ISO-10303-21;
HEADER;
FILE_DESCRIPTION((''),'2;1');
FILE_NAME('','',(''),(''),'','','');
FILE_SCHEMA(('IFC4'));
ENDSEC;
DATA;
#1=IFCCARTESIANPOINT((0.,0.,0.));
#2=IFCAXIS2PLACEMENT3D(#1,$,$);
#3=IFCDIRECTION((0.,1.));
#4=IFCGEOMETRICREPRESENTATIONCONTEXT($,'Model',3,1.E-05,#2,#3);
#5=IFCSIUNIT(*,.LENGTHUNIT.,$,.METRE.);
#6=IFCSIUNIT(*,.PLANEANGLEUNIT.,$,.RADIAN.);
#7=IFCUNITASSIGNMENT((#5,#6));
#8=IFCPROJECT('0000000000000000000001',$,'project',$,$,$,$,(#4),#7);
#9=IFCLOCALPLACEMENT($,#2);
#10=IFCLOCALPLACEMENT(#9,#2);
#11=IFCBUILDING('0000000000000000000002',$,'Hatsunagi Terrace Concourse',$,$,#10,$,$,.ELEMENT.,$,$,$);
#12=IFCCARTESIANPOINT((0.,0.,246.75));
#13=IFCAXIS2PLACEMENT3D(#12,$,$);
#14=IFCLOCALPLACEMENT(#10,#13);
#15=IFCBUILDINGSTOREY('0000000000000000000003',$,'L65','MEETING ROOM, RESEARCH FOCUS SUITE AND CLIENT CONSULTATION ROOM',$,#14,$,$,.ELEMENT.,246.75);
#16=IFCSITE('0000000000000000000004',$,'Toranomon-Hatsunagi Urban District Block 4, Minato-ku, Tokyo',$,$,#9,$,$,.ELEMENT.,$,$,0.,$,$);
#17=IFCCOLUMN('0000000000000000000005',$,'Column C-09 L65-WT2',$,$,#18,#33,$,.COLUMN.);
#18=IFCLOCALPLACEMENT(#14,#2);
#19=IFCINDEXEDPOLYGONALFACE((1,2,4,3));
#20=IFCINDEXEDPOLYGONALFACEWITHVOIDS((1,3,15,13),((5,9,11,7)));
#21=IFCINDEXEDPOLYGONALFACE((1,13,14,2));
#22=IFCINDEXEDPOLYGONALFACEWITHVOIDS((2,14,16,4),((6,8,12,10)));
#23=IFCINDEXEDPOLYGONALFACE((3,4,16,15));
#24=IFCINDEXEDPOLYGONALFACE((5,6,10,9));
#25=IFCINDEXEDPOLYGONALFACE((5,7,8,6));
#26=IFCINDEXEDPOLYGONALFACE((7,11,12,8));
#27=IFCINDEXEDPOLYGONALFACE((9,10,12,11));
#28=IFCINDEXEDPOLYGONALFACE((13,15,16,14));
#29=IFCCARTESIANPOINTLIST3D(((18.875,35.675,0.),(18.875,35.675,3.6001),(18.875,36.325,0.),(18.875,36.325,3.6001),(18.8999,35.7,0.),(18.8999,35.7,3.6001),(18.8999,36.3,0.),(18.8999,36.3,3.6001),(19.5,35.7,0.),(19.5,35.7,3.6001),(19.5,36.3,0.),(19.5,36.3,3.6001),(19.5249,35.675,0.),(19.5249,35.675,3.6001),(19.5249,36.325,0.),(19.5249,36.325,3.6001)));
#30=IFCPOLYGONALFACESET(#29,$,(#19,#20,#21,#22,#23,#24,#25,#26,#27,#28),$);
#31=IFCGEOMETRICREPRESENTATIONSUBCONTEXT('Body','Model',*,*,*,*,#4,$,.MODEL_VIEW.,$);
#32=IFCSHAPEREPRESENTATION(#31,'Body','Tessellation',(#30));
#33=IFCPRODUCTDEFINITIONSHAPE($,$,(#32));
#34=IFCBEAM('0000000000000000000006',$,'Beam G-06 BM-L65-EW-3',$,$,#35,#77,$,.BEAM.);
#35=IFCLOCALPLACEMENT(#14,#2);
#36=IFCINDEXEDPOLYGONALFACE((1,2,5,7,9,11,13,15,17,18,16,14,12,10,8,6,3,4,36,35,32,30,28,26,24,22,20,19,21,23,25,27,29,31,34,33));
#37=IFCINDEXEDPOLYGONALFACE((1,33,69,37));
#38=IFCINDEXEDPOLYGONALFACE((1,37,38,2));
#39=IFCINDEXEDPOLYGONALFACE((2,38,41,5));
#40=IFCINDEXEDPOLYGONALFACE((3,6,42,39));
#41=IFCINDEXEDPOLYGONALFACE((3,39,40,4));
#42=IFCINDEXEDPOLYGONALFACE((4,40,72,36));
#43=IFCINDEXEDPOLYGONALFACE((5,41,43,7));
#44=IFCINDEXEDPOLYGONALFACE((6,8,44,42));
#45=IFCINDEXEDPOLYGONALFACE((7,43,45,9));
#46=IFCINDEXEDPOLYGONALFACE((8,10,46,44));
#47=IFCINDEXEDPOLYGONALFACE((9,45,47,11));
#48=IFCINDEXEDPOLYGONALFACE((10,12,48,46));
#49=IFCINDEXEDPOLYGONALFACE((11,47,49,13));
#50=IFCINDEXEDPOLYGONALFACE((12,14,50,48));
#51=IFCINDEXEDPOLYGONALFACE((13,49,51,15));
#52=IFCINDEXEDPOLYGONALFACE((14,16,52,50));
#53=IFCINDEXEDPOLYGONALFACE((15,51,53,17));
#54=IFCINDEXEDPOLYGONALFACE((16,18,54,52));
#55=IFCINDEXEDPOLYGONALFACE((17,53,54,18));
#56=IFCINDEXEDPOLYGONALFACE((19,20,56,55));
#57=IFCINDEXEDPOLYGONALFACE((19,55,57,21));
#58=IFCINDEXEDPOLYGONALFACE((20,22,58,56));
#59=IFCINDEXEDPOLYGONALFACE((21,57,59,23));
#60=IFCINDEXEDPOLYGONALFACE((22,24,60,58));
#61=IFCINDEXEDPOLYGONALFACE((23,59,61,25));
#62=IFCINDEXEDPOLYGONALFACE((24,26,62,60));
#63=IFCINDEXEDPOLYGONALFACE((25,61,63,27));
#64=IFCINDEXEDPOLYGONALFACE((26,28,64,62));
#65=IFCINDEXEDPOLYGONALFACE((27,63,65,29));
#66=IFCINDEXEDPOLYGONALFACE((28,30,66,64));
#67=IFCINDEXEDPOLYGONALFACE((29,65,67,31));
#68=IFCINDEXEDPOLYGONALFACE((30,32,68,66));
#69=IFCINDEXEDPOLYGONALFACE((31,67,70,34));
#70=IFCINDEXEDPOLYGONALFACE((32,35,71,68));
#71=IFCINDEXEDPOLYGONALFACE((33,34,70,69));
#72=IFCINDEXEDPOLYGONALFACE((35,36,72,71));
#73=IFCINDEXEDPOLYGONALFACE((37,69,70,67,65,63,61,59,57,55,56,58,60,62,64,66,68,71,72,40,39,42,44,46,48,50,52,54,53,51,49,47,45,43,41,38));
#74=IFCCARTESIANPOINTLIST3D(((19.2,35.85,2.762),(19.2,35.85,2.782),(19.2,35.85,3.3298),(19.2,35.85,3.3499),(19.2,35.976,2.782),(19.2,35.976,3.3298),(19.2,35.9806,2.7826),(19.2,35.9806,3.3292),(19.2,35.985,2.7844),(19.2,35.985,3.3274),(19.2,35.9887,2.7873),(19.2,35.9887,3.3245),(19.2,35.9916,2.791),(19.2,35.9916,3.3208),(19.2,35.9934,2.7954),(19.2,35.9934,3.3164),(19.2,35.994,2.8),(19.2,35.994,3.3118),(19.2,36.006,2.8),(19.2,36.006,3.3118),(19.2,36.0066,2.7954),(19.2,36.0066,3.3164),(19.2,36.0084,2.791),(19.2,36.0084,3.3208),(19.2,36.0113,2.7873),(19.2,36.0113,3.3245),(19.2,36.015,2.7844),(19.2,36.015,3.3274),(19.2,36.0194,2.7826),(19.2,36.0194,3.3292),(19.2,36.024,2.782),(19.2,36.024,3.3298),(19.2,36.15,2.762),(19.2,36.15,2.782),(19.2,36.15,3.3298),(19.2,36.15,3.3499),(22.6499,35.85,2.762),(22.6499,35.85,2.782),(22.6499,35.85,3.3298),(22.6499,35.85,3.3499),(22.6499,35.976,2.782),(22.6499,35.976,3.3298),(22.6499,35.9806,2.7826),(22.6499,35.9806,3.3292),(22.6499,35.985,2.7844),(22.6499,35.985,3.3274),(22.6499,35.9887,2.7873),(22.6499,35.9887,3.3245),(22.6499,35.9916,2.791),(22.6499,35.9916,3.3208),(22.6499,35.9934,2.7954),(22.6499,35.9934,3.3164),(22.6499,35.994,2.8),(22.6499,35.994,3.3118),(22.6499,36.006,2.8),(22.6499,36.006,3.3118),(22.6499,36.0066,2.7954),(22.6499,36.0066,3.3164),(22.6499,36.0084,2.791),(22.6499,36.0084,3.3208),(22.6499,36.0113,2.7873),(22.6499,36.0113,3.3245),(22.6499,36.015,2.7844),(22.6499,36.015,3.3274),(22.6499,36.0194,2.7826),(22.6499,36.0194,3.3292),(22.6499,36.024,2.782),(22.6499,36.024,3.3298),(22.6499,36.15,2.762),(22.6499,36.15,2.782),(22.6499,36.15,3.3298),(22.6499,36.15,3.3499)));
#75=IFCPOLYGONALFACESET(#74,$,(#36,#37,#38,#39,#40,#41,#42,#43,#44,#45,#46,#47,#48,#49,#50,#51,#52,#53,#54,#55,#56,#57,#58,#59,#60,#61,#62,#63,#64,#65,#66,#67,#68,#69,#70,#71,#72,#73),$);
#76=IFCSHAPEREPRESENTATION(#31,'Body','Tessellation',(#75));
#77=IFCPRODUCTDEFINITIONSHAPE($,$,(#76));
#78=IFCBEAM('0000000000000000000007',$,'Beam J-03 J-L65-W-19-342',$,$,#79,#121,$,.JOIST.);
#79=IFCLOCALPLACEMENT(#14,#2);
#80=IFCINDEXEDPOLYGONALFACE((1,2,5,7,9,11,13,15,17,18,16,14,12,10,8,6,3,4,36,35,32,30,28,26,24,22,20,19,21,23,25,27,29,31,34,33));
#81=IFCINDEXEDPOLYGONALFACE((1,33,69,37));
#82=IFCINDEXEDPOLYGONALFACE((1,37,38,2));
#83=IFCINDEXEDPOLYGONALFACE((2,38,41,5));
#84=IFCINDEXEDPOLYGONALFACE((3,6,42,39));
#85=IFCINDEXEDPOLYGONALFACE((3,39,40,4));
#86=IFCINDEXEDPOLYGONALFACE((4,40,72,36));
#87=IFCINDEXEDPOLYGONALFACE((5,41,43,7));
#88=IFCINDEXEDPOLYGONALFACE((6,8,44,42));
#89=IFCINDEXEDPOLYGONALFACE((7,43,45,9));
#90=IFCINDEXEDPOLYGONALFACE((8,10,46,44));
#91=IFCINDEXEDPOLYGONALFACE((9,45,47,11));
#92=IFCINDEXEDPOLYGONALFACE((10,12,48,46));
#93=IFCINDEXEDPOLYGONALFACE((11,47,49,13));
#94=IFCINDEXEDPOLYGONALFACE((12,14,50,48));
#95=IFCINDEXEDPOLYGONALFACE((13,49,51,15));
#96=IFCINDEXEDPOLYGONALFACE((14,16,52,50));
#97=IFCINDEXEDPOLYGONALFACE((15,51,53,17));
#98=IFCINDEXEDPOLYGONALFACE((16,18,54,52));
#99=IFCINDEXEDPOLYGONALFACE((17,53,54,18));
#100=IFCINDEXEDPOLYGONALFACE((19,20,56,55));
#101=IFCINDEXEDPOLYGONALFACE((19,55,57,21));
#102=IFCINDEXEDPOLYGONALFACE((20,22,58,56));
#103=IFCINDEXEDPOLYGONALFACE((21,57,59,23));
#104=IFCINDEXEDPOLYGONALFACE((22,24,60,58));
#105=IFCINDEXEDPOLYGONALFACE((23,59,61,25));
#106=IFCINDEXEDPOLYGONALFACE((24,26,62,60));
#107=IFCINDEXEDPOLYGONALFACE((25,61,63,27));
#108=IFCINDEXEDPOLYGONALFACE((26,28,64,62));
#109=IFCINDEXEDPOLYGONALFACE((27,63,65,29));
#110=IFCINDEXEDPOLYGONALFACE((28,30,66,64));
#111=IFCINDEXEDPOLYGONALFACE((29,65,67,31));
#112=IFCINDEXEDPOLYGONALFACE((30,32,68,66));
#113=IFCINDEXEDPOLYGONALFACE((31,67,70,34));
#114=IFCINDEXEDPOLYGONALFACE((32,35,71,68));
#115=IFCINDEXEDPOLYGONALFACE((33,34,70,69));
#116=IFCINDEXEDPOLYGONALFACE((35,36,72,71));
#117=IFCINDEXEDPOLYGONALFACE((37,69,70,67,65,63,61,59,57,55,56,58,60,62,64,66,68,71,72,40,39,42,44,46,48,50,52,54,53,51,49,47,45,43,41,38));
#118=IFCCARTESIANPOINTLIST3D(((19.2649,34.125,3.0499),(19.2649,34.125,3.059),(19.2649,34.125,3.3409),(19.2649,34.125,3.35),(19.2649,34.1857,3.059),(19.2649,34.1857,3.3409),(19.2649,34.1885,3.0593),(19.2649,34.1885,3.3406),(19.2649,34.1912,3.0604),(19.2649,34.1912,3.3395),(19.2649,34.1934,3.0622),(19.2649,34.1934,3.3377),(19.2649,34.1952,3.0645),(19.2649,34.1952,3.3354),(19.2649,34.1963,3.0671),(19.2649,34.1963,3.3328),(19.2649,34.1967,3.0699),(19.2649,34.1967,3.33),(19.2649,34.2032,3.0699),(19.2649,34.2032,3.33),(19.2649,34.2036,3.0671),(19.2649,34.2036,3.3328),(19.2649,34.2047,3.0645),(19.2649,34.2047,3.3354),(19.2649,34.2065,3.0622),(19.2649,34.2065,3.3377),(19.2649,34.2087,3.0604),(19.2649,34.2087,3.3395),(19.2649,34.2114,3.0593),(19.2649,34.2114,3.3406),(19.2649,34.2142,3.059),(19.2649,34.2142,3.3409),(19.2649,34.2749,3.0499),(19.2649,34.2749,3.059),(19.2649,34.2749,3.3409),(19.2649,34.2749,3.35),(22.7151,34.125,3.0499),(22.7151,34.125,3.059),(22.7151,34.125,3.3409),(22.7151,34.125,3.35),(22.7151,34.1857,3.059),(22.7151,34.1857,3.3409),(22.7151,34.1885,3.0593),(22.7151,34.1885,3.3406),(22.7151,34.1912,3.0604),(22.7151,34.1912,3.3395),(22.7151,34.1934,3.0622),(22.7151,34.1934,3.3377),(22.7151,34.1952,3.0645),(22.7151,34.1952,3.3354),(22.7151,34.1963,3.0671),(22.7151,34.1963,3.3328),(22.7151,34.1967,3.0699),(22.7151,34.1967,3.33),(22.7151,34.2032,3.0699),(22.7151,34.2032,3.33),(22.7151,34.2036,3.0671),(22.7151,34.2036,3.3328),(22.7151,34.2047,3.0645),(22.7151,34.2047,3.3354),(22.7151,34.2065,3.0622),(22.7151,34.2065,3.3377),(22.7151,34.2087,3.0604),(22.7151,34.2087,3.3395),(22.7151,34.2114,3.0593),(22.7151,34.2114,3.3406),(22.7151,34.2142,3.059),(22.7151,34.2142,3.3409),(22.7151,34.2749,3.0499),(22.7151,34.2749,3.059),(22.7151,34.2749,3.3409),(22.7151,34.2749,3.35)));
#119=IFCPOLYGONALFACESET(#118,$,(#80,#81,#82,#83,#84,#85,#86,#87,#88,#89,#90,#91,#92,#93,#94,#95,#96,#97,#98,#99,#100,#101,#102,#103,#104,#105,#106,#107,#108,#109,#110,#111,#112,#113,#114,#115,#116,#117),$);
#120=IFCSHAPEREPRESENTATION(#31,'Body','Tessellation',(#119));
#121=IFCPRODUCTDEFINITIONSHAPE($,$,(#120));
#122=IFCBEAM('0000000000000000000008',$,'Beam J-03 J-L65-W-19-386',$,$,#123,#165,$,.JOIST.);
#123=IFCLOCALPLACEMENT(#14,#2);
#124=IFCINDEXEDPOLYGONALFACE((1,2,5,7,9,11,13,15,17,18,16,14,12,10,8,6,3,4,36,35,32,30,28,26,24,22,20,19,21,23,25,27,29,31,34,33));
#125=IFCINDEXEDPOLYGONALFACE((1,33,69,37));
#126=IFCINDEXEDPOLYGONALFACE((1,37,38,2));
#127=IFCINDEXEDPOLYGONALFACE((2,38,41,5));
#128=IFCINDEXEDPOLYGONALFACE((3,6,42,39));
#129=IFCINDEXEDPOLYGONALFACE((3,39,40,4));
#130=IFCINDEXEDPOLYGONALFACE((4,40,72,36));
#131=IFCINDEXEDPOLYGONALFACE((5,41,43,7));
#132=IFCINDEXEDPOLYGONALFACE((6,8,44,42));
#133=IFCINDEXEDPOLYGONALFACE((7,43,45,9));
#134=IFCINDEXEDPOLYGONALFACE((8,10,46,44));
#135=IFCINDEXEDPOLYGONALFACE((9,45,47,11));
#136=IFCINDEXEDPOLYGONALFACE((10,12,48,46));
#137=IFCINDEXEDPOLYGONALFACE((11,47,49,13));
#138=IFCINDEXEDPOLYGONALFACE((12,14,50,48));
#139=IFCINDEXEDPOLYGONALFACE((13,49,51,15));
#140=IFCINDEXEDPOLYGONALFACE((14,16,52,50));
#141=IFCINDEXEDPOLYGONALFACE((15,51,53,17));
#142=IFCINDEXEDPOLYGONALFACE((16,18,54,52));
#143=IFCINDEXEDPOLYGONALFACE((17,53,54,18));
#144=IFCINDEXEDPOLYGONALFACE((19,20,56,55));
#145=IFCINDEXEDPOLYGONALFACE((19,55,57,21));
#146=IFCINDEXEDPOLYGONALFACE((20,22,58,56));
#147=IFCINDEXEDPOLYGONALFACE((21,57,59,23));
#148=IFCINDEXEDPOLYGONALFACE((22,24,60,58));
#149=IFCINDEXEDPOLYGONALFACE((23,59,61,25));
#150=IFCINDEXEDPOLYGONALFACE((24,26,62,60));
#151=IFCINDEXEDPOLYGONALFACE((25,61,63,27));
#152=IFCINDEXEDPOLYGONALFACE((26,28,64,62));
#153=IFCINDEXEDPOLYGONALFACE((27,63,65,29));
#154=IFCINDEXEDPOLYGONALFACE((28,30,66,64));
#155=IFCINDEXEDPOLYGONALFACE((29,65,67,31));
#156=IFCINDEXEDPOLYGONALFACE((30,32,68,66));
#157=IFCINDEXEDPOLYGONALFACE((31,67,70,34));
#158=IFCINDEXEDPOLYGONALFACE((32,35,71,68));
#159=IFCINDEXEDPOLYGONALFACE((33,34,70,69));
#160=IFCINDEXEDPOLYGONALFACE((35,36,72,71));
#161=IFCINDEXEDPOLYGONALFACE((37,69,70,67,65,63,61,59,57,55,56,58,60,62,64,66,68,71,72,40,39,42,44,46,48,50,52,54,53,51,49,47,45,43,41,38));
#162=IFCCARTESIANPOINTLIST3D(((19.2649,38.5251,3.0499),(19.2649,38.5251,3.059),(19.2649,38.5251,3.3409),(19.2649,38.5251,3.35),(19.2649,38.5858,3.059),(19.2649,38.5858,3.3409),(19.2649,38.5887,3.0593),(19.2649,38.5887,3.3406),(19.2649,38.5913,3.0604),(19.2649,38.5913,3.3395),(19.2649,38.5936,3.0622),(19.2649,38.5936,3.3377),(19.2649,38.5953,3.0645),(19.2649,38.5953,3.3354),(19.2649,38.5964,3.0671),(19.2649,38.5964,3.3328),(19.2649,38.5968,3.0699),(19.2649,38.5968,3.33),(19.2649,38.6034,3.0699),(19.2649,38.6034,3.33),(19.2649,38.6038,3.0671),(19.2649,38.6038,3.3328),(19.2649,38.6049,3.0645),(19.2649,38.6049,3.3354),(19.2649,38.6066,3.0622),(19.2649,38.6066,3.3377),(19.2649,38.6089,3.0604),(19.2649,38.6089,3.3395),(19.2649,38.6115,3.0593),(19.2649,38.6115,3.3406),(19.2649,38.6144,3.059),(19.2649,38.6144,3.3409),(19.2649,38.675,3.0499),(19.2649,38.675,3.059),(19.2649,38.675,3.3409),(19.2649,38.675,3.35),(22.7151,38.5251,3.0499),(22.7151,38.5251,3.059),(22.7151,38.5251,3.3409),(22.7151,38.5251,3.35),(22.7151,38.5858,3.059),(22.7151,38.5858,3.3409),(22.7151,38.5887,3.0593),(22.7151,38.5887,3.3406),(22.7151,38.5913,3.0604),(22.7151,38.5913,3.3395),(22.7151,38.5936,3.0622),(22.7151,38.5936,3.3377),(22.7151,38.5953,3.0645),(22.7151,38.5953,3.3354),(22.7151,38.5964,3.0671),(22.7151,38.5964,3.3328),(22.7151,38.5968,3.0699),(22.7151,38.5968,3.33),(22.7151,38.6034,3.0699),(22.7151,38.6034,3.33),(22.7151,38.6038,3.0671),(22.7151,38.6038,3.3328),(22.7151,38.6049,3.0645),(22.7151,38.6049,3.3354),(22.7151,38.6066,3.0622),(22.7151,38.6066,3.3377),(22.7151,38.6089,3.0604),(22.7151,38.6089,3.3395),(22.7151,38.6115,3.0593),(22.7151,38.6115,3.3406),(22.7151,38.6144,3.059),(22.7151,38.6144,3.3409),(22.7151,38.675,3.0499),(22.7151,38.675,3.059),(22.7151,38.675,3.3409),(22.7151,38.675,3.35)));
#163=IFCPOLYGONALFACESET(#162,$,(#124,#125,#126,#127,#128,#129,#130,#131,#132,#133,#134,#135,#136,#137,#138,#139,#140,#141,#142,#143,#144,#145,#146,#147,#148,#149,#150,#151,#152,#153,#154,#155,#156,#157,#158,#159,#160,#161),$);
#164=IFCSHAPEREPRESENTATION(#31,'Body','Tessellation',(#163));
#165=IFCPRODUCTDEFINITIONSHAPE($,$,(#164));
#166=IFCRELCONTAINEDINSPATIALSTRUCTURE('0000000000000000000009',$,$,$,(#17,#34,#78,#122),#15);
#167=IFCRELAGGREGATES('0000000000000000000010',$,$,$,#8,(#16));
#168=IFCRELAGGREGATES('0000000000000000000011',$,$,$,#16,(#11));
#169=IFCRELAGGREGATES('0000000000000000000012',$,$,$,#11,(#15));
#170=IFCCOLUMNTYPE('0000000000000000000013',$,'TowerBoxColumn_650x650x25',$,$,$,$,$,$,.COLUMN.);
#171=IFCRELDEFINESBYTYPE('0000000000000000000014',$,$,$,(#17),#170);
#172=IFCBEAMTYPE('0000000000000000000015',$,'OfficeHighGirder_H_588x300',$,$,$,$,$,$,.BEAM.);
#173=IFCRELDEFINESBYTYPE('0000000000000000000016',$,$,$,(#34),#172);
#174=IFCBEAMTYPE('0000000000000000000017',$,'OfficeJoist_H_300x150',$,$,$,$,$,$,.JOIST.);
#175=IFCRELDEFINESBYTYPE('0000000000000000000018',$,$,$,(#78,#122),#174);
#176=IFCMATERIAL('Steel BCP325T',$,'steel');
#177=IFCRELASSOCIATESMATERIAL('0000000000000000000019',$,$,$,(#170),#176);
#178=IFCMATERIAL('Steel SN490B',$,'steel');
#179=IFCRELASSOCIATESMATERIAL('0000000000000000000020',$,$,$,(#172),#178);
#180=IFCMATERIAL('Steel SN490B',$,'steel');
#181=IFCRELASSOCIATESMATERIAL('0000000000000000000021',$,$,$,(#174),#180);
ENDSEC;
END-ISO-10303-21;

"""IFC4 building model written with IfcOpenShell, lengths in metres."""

from ifc_helpers import new_model, si_unit, direction, frame, origin, origin_2d, place, context, subcontext, project, spatial, hollow_rectangle, i_section, extrude, material, material_profile, profile_set, type_object, element, save


model = new_model("IFC4")

# Units and contexts
model_context = context("Model", 3, precision=1e-05, world=origin(), true_north=direction((0.0, 1.0)))
body_context = subcontext(model_context, "Body", "Model", "MODEL_VIEW")
ifc_project = project(units=[si_unit("LENGTHUNIT", "METRE"), si_unit("PLANEANGLEUNIT", "RADIAN")], contexts=[model_context])

# Site, building, storey
site_placement = place(None, origin())
site = spatial("IfcSite", under=ifc_project, at=site_placement, Name="Toranomon-Hatsunagi Urban District Block 4, Minato-ku, Tokyo", CompositionType="ELEMENT", RefElevation=0.0)
building_placement = place(site_placement, origin())
building = spatial("IfcBuilding", under=site, at=building_placement, Name="Hatsunagi Terrace Concourse", CompositionType="ELEMENT")
storey_placement = place(building_placement, frame((0.0, 0.0, 246.75)))
storey = spatial("IfcBuildingStorey", under=building, at=storey_placement, Name="L65", Description="MEETING ROOM, RESEARCH FOCUS SUITE AND CLIENT CONSULTATION ROOM", CompositionType="ELEMENT", Elevation=246.75)

# Column
ifc_material_1 = material(Name="Steel BCP325T", Category="steel")
ifc_material_profile_1 = material_profile(ifc_material_1, hollow_rectangle(XDim=0.6499, YDim=0.6499, WallThickness=0.0249, at=origin_2d()), Name="BCP-650x650x25")
ifc_profile_set_1 = profile_set([ifc_material_profile_1], Name="Steel BCP325T")
column_type = type_object("IfcColumnType", Name="TowerBoxColumn_650x650x25", PredefinedType="COLUMN", material=ifc_profile_set_1)
column_placement = place(storey_placement, frame((19.2, 36.0, 0.0), z_axis=(0.0, 0.0, 1.0), x_axis=(1.0, 0.0, 0.0)))
element("IfcColumn", 1, at=column_placement, inside=storey, type_object=column_type, Name="Column C-09 L65-WT2", PredefinedType="COLUMN", context=body_context, shape_type="SweptSolid", body=[
    extrude(hollow_rectangle(XDim=0.6499, YDim=0.6499, WallThickness=0.0249, at=origin_2d()), origin(), (0.0, 0.0, 1.0), 3.6001),
])

# Beams
ifc_material_2 = material(Name="Steel SN490B", Category="steel")
ifc_material_profile_2 = material_profile(ifc_material_2, i_section(OverallWidth=0.3, OverallDepth=0.5879, WebThickness=0.012, FlangeThickness=0.02, FilletRadius=0.0181, at=origin_2d()), Name="H-588x300x12x20")
ifc_profile_set_2 = profile_set([ifc_material_profile_2], Name="Steel SN490B")
beam_type_1 = type_object("IfcBeamType", Name="OfficeHighGirder_H_588x300", PredefinedType="BEAM", material=ifc_profile_set_2)
beam_1_placement = place(storey_placement, frame((19.2, 36.0, 3.0559), z_axis=(1.0, 0.0, 0.0), x_axis=(0.0, 1.0, 0.0)))
element("IfcBeam", 2, at=beam_1_placement, inside=storey, type_object=beam_type_1, Name="Beam G-06 BM-L65-EW-3", PredefinedType="BEAM", context=body_context, shape_type="SweptSolid", body=[
    extrude(i_section(OverallWidth=0.3, OverallDepth=0.5879, WebThickness=0.012, FlangeThickness=0.02, FilletRadius=0.0181, at=origin_2d()), origin(), (0.0, 0.0, 1.0), 3.45),
])
ifc_material_3 = material(Name="Steel SN490B", Category="steel")
ifc_material_profile_3 = material_profile(ifc_material_3, i_section(OverallWidth=0.1499, OverallDepth=0.3, WebThickness=0.0066, FlangeThickness=0.009, FilletRadius=0.011, at=origin_2d()), Name="H-300x150x6.5x9")
ifc_profile_set_3 = profile_set([ifc_material_profile_3], Name="Steel SN490B")
beam_type_2 = type_object("IfcBeamType", Name="OfficeJoist_H_300x150", PredefinedType="JOIST", material=ifc_profile_set_3)
for number, where, z_axis, x_axis, name in (
    (3, (19.2649, 34.2, 3.2), (1.0, 0.0, 0.0), (0.0, 1.0, 0.0), "Beam J-03 J-L65-W-19-342"),
    (4, (19.2649, 38.6001, 3.2), (1.0, 0.0, 0.0), (0.0, 1.0, 0.0), "Beam J-03 J-L65-W-19-386"),
):
    element("IfcBeam", number, at=place(storey_placement, frame(where, z_axis=z_axis, x_axis=x_axis)), inside=storey, type_object=beam_type_2, Name=name, PredefinedType="JOIST", context=body_context, shape_type="SweptSolid", body=[
        extrude(i_section(OverallWidth=0.1499, OverallDepth=0.3, WebThickness=0.0066, FlangeThickness=0.009, FilletRadius=0.011, at=origin_2d()), origin(), (0.0, 0.0, 1.0), 3.4502),
    ])

save(model, "model.ifc")
